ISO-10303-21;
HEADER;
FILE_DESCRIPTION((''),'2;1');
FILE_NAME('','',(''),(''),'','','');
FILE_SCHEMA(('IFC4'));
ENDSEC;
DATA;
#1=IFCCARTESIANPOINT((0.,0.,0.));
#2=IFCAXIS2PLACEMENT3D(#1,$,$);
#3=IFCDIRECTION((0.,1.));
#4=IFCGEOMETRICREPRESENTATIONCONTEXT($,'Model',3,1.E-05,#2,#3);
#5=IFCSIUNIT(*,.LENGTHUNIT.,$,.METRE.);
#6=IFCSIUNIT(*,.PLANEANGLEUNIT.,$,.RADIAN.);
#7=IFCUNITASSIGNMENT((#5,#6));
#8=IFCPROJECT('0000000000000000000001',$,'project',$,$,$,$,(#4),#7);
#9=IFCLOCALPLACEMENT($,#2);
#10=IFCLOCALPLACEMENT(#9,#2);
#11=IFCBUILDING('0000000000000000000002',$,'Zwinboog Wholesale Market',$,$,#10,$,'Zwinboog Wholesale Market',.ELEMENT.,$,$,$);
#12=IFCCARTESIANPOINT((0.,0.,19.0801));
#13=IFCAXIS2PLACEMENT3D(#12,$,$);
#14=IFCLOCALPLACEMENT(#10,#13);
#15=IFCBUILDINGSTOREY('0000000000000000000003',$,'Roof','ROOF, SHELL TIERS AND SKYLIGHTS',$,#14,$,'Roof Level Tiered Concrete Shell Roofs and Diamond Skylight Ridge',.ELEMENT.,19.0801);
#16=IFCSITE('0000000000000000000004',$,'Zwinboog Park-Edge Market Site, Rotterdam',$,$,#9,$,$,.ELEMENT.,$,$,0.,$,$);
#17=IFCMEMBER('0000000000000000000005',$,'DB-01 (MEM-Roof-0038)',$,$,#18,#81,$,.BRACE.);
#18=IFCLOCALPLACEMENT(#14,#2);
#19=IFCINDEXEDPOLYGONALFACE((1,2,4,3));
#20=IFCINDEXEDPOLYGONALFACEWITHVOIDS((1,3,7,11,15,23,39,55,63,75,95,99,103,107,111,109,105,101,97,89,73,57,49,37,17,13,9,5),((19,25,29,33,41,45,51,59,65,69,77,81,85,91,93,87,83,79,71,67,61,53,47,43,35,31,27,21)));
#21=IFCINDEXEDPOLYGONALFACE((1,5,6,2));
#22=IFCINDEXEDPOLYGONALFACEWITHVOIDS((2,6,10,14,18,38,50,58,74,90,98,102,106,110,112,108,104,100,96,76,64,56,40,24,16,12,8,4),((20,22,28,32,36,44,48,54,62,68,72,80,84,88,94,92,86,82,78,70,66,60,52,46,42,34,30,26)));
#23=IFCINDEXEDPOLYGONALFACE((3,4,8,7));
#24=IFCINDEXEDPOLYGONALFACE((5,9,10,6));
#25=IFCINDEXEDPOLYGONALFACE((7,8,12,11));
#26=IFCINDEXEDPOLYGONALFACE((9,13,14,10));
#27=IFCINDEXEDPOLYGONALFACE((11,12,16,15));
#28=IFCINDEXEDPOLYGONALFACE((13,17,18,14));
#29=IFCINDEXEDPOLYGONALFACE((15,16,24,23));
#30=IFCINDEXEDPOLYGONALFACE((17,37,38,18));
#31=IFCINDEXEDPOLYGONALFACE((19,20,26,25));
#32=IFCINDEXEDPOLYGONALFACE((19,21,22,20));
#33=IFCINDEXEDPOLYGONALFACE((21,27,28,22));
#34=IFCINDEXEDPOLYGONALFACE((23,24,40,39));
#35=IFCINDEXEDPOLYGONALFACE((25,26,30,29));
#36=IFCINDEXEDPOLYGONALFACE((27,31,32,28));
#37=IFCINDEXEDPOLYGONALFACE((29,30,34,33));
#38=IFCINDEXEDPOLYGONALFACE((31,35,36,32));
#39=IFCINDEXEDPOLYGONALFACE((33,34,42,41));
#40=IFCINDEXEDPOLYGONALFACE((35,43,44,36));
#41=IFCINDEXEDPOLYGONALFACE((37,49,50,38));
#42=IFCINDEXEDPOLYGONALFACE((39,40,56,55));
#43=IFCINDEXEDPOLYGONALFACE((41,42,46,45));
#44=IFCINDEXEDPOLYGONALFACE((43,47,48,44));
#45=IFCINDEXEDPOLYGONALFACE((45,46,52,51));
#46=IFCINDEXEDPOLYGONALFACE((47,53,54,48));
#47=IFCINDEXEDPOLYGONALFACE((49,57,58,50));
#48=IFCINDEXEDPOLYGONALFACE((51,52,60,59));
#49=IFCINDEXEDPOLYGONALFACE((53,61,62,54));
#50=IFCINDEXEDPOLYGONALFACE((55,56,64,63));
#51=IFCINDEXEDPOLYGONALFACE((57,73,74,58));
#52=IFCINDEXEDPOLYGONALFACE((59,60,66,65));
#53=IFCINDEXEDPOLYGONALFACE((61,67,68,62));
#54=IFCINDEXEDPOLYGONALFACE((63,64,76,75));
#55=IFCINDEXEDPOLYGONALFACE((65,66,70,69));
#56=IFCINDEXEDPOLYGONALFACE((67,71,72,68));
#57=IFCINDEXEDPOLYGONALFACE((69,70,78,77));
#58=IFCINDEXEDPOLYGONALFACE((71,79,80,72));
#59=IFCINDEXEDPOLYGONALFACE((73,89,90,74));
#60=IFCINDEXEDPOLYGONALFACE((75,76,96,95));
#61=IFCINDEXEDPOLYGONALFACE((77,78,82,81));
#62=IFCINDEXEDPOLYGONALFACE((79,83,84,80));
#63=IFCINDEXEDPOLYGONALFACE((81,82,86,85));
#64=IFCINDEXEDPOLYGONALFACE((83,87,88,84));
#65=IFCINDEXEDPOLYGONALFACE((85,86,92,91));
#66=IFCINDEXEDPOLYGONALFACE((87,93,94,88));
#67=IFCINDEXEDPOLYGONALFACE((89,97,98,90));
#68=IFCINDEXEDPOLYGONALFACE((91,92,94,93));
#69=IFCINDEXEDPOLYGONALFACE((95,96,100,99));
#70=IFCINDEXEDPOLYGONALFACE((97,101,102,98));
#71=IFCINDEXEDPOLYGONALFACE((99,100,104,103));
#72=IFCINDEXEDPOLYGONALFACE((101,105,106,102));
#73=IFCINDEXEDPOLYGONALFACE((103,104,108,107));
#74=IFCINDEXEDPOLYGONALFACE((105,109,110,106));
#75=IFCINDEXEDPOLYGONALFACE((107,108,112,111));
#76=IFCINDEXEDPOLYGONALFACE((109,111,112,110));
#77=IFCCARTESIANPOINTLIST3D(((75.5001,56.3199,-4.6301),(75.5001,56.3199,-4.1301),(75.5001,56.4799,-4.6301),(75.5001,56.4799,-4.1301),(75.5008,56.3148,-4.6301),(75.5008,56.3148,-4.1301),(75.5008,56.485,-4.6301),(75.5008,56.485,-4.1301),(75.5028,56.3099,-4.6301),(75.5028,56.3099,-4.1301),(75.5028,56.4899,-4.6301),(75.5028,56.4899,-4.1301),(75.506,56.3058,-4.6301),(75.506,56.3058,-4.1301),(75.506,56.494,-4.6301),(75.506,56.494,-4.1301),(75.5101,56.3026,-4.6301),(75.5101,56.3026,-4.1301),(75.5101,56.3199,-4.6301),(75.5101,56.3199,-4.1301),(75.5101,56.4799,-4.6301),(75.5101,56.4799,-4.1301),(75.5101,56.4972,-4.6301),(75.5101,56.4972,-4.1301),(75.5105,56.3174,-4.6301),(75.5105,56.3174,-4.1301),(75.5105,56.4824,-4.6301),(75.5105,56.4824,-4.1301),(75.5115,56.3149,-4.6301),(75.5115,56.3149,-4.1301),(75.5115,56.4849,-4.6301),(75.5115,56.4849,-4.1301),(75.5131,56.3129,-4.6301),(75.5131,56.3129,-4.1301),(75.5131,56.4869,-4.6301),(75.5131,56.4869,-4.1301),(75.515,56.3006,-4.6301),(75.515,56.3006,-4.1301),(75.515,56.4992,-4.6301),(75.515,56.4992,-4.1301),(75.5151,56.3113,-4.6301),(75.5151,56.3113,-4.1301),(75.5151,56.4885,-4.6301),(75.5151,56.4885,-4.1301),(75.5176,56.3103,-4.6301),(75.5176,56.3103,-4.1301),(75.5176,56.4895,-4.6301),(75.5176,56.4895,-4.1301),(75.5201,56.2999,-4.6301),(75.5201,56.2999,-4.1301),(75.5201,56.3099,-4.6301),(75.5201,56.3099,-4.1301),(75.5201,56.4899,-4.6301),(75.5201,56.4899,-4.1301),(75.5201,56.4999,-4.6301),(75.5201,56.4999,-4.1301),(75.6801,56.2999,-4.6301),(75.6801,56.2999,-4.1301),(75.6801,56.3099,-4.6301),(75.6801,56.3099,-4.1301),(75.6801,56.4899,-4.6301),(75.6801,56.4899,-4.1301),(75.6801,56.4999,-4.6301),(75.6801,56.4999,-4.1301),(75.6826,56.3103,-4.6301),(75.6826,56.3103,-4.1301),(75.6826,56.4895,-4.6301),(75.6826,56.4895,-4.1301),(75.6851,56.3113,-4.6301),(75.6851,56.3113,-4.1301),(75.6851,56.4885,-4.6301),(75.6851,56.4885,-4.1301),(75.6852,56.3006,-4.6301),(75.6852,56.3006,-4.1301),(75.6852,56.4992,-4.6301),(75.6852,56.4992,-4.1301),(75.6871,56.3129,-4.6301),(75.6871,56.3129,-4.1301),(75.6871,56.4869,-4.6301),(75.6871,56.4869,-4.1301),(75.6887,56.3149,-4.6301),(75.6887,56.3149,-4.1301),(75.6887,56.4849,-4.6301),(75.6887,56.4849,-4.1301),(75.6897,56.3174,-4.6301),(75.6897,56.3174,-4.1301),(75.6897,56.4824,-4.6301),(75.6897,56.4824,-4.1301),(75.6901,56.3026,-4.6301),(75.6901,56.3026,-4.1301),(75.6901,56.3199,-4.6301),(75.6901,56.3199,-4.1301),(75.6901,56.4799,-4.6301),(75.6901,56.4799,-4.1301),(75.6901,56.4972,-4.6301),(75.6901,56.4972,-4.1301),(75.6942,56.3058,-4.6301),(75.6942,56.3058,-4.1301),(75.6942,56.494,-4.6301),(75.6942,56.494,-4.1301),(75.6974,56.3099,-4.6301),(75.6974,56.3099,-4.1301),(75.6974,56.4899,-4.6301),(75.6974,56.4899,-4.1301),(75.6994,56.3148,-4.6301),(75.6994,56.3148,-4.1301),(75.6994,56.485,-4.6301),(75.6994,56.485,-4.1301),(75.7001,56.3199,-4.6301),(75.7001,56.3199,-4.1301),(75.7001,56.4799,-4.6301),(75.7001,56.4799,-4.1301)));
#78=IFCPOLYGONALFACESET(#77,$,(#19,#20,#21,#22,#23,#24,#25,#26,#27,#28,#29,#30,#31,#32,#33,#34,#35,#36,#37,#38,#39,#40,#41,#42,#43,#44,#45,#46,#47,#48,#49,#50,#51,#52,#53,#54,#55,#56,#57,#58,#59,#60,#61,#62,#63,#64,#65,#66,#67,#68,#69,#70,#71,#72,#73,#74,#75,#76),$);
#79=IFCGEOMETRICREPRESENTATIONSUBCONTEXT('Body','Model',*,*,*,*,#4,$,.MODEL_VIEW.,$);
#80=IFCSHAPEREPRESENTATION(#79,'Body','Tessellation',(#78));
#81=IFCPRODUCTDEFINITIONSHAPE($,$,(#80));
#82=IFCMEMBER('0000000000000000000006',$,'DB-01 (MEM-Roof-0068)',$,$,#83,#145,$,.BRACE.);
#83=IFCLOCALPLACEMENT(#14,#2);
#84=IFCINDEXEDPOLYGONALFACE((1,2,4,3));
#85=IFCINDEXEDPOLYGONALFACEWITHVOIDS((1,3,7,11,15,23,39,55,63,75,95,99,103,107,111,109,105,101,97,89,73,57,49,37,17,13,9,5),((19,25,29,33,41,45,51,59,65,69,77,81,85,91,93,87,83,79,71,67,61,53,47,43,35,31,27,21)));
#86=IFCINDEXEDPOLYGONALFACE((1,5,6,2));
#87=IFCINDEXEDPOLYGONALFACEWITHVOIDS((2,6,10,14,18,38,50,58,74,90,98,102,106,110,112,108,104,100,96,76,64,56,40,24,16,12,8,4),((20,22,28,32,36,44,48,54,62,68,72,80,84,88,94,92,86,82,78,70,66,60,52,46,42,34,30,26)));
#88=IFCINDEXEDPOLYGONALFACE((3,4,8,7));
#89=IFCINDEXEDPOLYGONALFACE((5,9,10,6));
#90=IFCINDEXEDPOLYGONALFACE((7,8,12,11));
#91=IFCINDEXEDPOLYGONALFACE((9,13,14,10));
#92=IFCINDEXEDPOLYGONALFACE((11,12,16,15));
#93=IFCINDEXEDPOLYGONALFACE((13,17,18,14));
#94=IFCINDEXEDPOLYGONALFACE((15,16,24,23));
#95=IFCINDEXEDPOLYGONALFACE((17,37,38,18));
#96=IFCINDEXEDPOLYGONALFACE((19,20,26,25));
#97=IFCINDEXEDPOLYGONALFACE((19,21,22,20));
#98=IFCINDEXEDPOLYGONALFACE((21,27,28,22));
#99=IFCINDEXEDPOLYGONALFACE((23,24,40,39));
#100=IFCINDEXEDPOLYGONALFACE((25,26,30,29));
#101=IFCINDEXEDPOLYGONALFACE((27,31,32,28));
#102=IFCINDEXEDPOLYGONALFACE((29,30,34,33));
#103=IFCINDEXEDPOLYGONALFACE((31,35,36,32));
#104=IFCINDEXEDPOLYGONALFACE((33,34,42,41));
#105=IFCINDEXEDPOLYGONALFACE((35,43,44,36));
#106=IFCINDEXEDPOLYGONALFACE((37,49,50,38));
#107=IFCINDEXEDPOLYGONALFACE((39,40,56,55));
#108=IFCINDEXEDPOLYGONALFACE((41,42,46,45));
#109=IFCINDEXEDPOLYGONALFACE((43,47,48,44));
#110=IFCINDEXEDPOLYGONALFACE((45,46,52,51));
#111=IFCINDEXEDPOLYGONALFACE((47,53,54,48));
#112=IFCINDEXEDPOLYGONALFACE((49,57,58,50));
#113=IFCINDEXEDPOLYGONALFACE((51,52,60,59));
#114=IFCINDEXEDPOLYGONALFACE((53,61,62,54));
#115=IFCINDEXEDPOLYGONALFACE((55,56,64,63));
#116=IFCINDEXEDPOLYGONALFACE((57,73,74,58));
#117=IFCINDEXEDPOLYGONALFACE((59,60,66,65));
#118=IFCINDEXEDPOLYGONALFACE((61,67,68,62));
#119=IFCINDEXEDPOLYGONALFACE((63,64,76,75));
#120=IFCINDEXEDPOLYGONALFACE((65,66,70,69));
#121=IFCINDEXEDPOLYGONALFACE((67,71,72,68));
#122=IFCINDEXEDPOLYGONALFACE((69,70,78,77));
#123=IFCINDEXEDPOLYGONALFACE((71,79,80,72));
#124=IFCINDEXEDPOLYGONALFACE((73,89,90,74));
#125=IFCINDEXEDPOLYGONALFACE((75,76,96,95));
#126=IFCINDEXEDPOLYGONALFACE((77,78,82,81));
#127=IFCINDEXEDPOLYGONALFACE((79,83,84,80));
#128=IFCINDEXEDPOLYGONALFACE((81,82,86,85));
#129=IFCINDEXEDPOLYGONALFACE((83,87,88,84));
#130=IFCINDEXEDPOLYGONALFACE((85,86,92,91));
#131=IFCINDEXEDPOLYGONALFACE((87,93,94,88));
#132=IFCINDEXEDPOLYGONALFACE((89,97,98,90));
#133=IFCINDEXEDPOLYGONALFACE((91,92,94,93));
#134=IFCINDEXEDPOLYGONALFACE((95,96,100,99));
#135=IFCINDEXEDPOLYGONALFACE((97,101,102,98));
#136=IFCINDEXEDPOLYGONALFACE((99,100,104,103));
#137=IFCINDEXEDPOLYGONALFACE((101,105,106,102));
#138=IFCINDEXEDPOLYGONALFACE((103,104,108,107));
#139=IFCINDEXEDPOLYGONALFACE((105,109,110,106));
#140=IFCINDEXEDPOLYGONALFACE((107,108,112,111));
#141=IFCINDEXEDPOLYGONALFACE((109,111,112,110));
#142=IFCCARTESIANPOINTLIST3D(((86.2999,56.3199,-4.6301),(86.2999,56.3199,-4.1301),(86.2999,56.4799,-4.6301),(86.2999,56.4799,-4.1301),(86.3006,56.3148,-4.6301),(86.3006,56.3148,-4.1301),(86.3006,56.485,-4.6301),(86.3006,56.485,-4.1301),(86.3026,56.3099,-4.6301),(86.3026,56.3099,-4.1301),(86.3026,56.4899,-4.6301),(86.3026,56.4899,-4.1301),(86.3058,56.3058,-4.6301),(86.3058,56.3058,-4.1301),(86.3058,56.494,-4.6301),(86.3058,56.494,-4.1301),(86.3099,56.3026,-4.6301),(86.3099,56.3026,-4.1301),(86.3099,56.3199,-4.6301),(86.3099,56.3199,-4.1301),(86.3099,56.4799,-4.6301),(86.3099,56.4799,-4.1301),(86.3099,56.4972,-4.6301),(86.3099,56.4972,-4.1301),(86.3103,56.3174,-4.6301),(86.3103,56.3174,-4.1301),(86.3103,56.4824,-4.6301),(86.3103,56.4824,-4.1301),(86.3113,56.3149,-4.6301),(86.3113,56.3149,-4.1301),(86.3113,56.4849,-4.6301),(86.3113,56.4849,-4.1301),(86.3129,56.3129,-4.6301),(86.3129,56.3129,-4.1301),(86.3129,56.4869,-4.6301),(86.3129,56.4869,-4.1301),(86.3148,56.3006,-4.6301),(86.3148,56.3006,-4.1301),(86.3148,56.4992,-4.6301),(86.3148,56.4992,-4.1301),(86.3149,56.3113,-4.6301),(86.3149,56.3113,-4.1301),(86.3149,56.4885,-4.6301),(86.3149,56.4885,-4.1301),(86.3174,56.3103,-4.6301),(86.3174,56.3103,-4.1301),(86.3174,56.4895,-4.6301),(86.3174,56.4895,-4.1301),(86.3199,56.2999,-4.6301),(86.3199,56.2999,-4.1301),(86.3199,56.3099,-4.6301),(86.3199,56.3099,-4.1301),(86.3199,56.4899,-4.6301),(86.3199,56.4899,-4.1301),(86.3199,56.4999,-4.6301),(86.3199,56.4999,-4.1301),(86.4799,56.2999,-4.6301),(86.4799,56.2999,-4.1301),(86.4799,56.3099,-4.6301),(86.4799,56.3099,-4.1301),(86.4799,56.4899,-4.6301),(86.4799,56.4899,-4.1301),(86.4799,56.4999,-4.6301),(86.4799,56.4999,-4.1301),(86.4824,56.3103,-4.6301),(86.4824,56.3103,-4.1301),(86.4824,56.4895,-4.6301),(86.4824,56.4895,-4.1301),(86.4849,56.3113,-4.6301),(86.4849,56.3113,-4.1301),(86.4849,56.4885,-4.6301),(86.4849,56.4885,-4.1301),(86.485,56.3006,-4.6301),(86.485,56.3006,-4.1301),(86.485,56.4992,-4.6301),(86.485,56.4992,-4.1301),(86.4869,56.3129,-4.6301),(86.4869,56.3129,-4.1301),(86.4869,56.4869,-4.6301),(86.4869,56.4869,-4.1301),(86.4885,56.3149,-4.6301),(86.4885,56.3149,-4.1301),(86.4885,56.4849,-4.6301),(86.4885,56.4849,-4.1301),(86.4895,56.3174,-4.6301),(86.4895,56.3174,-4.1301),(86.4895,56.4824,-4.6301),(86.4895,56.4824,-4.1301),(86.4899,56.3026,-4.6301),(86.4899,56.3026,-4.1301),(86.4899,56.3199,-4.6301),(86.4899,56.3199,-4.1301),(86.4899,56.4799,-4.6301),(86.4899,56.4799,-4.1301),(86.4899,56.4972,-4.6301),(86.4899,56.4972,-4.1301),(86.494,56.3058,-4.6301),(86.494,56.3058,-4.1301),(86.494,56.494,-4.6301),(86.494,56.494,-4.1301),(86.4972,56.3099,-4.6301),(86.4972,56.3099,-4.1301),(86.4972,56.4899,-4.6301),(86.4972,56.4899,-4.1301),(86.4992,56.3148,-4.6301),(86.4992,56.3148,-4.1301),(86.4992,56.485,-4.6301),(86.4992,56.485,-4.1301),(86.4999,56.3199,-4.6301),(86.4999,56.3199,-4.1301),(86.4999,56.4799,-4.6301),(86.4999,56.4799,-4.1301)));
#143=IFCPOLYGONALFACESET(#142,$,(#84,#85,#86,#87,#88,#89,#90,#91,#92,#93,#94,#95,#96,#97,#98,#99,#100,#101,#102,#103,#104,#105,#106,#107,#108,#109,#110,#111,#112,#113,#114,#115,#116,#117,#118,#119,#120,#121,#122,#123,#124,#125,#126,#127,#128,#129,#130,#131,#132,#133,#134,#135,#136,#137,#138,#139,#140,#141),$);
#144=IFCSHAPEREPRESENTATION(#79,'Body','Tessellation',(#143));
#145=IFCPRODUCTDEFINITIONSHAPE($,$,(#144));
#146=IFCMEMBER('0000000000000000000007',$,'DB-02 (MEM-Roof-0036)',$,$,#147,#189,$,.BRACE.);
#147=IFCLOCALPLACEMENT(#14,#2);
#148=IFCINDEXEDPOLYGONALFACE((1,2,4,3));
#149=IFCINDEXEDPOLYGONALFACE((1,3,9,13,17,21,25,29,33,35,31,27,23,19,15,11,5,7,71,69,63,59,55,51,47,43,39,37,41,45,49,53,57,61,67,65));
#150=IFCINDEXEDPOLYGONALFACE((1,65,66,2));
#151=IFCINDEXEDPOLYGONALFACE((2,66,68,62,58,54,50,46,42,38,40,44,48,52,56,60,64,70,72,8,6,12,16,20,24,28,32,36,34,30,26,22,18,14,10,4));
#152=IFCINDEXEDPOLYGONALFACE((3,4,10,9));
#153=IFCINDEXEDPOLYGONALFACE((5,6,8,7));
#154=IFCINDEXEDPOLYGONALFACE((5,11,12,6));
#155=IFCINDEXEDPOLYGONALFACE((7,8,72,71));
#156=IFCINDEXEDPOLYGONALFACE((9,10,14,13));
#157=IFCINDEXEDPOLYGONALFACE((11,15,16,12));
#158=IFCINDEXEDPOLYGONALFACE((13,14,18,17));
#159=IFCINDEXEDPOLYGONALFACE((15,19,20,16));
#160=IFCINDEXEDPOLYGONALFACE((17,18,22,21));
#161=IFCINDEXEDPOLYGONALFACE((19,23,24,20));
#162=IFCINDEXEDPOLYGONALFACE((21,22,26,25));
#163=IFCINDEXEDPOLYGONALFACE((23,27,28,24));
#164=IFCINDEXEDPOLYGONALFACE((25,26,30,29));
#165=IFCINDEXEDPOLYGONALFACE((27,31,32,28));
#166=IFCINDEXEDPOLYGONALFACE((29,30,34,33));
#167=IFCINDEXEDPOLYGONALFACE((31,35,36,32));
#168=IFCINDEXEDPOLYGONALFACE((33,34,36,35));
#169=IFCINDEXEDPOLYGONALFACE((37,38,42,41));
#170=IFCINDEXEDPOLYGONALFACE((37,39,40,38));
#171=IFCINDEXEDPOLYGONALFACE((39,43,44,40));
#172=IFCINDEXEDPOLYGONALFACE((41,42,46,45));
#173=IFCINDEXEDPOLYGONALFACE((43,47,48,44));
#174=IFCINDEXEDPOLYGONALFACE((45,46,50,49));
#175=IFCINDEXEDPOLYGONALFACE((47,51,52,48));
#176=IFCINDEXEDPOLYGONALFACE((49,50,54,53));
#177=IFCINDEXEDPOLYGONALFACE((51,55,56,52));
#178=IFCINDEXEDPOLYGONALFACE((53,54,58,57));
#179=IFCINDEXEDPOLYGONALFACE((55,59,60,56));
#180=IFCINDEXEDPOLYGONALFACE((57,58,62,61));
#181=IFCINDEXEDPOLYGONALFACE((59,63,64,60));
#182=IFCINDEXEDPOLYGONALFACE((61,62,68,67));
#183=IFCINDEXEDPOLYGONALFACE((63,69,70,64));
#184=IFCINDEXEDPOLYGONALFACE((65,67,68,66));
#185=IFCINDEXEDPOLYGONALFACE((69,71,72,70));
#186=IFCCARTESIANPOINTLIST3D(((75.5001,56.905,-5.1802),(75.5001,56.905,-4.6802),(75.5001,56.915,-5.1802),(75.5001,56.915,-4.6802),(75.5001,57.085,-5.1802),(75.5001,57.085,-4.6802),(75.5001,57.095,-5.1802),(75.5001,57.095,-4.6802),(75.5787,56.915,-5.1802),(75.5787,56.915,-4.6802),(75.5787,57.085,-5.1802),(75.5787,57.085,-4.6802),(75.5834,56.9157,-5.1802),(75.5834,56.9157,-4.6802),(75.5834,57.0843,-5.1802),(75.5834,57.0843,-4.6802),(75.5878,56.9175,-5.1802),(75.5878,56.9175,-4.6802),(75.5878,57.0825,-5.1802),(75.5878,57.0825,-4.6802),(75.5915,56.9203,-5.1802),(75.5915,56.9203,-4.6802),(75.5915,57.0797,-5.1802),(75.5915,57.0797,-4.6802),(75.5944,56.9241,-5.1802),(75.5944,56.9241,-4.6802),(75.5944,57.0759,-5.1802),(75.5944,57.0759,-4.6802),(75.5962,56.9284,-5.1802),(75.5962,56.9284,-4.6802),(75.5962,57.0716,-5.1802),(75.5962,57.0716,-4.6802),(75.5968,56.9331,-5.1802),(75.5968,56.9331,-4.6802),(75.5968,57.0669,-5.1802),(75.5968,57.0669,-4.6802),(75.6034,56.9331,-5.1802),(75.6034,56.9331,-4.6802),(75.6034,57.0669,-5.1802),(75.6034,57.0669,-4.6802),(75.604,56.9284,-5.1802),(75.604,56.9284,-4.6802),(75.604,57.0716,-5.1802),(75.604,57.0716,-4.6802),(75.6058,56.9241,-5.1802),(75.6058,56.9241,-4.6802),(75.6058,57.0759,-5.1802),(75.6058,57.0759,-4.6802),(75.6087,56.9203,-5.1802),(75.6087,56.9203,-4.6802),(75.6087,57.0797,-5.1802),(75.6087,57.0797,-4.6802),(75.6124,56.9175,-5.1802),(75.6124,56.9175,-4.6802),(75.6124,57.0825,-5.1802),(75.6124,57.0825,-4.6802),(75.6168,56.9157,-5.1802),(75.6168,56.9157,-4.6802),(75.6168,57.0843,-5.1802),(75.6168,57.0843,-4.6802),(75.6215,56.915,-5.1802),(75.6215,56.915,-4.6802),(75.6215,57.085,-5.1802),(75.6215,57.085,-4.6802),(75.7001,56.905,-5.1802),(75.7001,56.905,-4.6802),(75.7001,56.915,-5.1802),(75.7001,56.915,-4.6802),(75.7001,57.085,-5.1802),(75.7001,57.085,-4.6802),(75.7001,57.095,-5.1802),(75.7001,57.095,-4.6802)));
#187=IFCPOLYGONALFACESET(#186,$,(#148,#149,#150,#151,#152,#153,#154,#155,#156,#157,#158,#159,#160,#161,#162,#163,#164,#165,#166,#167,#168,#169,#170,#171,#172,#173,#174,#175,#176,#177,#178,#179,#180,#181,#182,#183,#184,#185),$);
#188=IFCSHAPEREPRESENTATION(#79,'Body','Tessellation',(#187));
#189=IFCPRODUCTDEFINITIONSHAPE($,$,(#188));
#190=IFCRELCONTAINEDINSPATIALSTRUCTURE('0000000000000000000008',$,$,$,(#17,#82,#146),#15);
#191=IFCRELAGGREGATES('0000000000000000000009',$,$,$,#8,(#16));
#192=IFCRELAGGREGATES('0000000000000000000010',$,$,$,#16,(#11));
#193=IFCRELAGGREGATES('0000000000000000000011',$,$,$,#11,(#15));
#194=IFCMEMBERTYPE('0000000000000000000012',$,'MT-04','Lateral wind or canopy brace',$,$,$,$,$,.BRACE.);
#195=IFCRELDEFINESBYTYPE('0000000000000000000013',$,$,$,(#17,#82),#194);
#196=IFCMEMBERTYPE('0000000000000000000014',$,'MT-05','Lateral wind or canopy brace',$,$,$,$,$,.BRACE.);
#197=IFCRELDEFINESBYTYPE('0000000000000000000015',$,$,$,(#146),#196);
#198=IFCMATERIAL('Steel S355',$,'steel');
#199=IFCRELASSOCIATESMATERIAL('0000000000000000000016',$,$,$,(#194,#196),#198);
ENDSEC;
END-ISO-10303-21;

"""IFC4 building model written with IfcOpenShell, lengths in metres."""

from ifc_helpers import new_model, si_unit, direction, frame, origin, origin_2d, place, context, subcontext, project, spatial, hollow_rectangle, i_section, extrude, material, material_profile, profile_set, type_object, element, save


model = new_model("IFC4")

# Units and contexts
model_context = context("Model", 3, precision=1e-05, world=origin(), true_north=direction((0.0, 1.0)))
body_context = subcontext(model_context, "Body", "Model", "MODEL_VIEW")
ifc_project = project(units=[si_unit("LENGTHUNIT", "METRE"), si_unit("PLANEANGLEUNIT", "RADIAN")], contexts=[model_context])

# Site, building, storey
site_placement = place(None, origin())
site = spatial("IfcSite", under=ifc_project, at=site_placement, Name="Zwinboog Park-Edge Market Site, Rotterdam", CompositionType="ELEMENT", RefElevation=0.0)
building_placement = place(site_placement, origin())
building = spatial("IfcBuilding", under=site, at=building_placement, Name="Zwinboog Wholesale Market", LongName="Zwinboog Wholesale Market", CompositionType="ELEMENT")
storey_placement = place(building_placement, frame((0.0, 0.0, 19.0801)))
storey = spatial("IfcBuildingStorey", under=building, at=storey_placement, Name="Roof", Description="ROOF, SHELL TIERS AND SKYLIGHTS", LongName="Roof Level Tiered Concrete Shell Roofs and Diamond Skylight Ridge", CompositionType="ELEMENT", Elevation=19.0801)

# Members
ifc_material_1 = material(Name="Steel S355", Category="steel")
ifc_material_profile_1 = material_profile(ifc_material_1, hollow_rectangle(XDim=0.2, YDim=0.2, WallThickness=0.01, InnerFilletRadius=0.01, OuterFilletRadius=0.02, at=origin_2d()), Name="SHS 200x200x10")
ifc_profile_set_1 = profile_set([ifc_material_profile_1], Name="Steel S355")
member_type_1 = type_object("IfcMemberType", Name="MT-04", Description="Lateral wind or canopy brace", PredefinedType="BRACE", material=ifc_profile_set_1)
for number, where, z_axis, x_axis, name in (
    (1, (75.6001, 56.3999, -4.6301), (0.0, 0.0, 1.0), (1.0, 0.0, 0.0), "DB-01 (MEM-Roof-0038)"),
    (2, (86.3999, 56.3999, -4.6301), (0.0, 0.0, 1.0), (1.0, 0.0, 0.0), "DB-01 (MEM-Roof-0068)"),
):
    element("IfcMember", number, at=place(storey_placement, frame(where, z_axis=z_axis, x_axis=x_axis)), inside=storey, type_object=member_type_1, Name=name, PredefinedType="BRACE", context=body_context, shape_type="SweptSolid", body=[
        extrude(hollow_rectangle(XDim=0.2, YDim=0.2, WallThickness=0.01, InnerFilletRadius=0.01, OuterFilletRadius=0.02, at=origin_2d()), origin(), (0.0, 0.0, 1.0), 0.5),
    ])
ifc_material_profile_2 = material_profile(ifc_material_1, i_section(OverallWidth=0.2, OverallDepth=0.1899, WebThickness=0.0066, FlangeThickness=0.01, FilletRadius=0.0181, at=origin_2d()), Name="HEA 200")
ifc_profile_set_2 = profile_set([ifc_material_profile_2], Name="Steel S355")
member_type_2 = type_object("IfcMemberType", Name="MT-05", Description="Lateral wind or canopy brace", PredefinedType="BRACE", material=ifc_profile_set_2)
for number, where, z_axis, x_axis, name in (
    (3, (75.6001, 57.0, -5.1802), (0.0, 0.0, 1.0), (1.0, 0.0, 0.0), "DB-02 (MEM-Roof-0036)"),
):
    element("IfcMember", number, at=place(storey_placement, frame(where, z_axis=z_axis, x_axis=x_axis)), inside=storey, type_object=member_type_2, Name=name, PredefinedType="BRACE", context=body_context, shape_type="SweptSolid", body=[
        extrude(i_section(OverallWidth=0.2, OverallDepth=0.1899, WebThickness=0.0066, FlangeThickness=0.01, FilletRadius=0.0181, at=origin_2d()), origin(), (0.0, 0.0, 1.0), 0.5),
    ])

save(model, "model.ifc")
